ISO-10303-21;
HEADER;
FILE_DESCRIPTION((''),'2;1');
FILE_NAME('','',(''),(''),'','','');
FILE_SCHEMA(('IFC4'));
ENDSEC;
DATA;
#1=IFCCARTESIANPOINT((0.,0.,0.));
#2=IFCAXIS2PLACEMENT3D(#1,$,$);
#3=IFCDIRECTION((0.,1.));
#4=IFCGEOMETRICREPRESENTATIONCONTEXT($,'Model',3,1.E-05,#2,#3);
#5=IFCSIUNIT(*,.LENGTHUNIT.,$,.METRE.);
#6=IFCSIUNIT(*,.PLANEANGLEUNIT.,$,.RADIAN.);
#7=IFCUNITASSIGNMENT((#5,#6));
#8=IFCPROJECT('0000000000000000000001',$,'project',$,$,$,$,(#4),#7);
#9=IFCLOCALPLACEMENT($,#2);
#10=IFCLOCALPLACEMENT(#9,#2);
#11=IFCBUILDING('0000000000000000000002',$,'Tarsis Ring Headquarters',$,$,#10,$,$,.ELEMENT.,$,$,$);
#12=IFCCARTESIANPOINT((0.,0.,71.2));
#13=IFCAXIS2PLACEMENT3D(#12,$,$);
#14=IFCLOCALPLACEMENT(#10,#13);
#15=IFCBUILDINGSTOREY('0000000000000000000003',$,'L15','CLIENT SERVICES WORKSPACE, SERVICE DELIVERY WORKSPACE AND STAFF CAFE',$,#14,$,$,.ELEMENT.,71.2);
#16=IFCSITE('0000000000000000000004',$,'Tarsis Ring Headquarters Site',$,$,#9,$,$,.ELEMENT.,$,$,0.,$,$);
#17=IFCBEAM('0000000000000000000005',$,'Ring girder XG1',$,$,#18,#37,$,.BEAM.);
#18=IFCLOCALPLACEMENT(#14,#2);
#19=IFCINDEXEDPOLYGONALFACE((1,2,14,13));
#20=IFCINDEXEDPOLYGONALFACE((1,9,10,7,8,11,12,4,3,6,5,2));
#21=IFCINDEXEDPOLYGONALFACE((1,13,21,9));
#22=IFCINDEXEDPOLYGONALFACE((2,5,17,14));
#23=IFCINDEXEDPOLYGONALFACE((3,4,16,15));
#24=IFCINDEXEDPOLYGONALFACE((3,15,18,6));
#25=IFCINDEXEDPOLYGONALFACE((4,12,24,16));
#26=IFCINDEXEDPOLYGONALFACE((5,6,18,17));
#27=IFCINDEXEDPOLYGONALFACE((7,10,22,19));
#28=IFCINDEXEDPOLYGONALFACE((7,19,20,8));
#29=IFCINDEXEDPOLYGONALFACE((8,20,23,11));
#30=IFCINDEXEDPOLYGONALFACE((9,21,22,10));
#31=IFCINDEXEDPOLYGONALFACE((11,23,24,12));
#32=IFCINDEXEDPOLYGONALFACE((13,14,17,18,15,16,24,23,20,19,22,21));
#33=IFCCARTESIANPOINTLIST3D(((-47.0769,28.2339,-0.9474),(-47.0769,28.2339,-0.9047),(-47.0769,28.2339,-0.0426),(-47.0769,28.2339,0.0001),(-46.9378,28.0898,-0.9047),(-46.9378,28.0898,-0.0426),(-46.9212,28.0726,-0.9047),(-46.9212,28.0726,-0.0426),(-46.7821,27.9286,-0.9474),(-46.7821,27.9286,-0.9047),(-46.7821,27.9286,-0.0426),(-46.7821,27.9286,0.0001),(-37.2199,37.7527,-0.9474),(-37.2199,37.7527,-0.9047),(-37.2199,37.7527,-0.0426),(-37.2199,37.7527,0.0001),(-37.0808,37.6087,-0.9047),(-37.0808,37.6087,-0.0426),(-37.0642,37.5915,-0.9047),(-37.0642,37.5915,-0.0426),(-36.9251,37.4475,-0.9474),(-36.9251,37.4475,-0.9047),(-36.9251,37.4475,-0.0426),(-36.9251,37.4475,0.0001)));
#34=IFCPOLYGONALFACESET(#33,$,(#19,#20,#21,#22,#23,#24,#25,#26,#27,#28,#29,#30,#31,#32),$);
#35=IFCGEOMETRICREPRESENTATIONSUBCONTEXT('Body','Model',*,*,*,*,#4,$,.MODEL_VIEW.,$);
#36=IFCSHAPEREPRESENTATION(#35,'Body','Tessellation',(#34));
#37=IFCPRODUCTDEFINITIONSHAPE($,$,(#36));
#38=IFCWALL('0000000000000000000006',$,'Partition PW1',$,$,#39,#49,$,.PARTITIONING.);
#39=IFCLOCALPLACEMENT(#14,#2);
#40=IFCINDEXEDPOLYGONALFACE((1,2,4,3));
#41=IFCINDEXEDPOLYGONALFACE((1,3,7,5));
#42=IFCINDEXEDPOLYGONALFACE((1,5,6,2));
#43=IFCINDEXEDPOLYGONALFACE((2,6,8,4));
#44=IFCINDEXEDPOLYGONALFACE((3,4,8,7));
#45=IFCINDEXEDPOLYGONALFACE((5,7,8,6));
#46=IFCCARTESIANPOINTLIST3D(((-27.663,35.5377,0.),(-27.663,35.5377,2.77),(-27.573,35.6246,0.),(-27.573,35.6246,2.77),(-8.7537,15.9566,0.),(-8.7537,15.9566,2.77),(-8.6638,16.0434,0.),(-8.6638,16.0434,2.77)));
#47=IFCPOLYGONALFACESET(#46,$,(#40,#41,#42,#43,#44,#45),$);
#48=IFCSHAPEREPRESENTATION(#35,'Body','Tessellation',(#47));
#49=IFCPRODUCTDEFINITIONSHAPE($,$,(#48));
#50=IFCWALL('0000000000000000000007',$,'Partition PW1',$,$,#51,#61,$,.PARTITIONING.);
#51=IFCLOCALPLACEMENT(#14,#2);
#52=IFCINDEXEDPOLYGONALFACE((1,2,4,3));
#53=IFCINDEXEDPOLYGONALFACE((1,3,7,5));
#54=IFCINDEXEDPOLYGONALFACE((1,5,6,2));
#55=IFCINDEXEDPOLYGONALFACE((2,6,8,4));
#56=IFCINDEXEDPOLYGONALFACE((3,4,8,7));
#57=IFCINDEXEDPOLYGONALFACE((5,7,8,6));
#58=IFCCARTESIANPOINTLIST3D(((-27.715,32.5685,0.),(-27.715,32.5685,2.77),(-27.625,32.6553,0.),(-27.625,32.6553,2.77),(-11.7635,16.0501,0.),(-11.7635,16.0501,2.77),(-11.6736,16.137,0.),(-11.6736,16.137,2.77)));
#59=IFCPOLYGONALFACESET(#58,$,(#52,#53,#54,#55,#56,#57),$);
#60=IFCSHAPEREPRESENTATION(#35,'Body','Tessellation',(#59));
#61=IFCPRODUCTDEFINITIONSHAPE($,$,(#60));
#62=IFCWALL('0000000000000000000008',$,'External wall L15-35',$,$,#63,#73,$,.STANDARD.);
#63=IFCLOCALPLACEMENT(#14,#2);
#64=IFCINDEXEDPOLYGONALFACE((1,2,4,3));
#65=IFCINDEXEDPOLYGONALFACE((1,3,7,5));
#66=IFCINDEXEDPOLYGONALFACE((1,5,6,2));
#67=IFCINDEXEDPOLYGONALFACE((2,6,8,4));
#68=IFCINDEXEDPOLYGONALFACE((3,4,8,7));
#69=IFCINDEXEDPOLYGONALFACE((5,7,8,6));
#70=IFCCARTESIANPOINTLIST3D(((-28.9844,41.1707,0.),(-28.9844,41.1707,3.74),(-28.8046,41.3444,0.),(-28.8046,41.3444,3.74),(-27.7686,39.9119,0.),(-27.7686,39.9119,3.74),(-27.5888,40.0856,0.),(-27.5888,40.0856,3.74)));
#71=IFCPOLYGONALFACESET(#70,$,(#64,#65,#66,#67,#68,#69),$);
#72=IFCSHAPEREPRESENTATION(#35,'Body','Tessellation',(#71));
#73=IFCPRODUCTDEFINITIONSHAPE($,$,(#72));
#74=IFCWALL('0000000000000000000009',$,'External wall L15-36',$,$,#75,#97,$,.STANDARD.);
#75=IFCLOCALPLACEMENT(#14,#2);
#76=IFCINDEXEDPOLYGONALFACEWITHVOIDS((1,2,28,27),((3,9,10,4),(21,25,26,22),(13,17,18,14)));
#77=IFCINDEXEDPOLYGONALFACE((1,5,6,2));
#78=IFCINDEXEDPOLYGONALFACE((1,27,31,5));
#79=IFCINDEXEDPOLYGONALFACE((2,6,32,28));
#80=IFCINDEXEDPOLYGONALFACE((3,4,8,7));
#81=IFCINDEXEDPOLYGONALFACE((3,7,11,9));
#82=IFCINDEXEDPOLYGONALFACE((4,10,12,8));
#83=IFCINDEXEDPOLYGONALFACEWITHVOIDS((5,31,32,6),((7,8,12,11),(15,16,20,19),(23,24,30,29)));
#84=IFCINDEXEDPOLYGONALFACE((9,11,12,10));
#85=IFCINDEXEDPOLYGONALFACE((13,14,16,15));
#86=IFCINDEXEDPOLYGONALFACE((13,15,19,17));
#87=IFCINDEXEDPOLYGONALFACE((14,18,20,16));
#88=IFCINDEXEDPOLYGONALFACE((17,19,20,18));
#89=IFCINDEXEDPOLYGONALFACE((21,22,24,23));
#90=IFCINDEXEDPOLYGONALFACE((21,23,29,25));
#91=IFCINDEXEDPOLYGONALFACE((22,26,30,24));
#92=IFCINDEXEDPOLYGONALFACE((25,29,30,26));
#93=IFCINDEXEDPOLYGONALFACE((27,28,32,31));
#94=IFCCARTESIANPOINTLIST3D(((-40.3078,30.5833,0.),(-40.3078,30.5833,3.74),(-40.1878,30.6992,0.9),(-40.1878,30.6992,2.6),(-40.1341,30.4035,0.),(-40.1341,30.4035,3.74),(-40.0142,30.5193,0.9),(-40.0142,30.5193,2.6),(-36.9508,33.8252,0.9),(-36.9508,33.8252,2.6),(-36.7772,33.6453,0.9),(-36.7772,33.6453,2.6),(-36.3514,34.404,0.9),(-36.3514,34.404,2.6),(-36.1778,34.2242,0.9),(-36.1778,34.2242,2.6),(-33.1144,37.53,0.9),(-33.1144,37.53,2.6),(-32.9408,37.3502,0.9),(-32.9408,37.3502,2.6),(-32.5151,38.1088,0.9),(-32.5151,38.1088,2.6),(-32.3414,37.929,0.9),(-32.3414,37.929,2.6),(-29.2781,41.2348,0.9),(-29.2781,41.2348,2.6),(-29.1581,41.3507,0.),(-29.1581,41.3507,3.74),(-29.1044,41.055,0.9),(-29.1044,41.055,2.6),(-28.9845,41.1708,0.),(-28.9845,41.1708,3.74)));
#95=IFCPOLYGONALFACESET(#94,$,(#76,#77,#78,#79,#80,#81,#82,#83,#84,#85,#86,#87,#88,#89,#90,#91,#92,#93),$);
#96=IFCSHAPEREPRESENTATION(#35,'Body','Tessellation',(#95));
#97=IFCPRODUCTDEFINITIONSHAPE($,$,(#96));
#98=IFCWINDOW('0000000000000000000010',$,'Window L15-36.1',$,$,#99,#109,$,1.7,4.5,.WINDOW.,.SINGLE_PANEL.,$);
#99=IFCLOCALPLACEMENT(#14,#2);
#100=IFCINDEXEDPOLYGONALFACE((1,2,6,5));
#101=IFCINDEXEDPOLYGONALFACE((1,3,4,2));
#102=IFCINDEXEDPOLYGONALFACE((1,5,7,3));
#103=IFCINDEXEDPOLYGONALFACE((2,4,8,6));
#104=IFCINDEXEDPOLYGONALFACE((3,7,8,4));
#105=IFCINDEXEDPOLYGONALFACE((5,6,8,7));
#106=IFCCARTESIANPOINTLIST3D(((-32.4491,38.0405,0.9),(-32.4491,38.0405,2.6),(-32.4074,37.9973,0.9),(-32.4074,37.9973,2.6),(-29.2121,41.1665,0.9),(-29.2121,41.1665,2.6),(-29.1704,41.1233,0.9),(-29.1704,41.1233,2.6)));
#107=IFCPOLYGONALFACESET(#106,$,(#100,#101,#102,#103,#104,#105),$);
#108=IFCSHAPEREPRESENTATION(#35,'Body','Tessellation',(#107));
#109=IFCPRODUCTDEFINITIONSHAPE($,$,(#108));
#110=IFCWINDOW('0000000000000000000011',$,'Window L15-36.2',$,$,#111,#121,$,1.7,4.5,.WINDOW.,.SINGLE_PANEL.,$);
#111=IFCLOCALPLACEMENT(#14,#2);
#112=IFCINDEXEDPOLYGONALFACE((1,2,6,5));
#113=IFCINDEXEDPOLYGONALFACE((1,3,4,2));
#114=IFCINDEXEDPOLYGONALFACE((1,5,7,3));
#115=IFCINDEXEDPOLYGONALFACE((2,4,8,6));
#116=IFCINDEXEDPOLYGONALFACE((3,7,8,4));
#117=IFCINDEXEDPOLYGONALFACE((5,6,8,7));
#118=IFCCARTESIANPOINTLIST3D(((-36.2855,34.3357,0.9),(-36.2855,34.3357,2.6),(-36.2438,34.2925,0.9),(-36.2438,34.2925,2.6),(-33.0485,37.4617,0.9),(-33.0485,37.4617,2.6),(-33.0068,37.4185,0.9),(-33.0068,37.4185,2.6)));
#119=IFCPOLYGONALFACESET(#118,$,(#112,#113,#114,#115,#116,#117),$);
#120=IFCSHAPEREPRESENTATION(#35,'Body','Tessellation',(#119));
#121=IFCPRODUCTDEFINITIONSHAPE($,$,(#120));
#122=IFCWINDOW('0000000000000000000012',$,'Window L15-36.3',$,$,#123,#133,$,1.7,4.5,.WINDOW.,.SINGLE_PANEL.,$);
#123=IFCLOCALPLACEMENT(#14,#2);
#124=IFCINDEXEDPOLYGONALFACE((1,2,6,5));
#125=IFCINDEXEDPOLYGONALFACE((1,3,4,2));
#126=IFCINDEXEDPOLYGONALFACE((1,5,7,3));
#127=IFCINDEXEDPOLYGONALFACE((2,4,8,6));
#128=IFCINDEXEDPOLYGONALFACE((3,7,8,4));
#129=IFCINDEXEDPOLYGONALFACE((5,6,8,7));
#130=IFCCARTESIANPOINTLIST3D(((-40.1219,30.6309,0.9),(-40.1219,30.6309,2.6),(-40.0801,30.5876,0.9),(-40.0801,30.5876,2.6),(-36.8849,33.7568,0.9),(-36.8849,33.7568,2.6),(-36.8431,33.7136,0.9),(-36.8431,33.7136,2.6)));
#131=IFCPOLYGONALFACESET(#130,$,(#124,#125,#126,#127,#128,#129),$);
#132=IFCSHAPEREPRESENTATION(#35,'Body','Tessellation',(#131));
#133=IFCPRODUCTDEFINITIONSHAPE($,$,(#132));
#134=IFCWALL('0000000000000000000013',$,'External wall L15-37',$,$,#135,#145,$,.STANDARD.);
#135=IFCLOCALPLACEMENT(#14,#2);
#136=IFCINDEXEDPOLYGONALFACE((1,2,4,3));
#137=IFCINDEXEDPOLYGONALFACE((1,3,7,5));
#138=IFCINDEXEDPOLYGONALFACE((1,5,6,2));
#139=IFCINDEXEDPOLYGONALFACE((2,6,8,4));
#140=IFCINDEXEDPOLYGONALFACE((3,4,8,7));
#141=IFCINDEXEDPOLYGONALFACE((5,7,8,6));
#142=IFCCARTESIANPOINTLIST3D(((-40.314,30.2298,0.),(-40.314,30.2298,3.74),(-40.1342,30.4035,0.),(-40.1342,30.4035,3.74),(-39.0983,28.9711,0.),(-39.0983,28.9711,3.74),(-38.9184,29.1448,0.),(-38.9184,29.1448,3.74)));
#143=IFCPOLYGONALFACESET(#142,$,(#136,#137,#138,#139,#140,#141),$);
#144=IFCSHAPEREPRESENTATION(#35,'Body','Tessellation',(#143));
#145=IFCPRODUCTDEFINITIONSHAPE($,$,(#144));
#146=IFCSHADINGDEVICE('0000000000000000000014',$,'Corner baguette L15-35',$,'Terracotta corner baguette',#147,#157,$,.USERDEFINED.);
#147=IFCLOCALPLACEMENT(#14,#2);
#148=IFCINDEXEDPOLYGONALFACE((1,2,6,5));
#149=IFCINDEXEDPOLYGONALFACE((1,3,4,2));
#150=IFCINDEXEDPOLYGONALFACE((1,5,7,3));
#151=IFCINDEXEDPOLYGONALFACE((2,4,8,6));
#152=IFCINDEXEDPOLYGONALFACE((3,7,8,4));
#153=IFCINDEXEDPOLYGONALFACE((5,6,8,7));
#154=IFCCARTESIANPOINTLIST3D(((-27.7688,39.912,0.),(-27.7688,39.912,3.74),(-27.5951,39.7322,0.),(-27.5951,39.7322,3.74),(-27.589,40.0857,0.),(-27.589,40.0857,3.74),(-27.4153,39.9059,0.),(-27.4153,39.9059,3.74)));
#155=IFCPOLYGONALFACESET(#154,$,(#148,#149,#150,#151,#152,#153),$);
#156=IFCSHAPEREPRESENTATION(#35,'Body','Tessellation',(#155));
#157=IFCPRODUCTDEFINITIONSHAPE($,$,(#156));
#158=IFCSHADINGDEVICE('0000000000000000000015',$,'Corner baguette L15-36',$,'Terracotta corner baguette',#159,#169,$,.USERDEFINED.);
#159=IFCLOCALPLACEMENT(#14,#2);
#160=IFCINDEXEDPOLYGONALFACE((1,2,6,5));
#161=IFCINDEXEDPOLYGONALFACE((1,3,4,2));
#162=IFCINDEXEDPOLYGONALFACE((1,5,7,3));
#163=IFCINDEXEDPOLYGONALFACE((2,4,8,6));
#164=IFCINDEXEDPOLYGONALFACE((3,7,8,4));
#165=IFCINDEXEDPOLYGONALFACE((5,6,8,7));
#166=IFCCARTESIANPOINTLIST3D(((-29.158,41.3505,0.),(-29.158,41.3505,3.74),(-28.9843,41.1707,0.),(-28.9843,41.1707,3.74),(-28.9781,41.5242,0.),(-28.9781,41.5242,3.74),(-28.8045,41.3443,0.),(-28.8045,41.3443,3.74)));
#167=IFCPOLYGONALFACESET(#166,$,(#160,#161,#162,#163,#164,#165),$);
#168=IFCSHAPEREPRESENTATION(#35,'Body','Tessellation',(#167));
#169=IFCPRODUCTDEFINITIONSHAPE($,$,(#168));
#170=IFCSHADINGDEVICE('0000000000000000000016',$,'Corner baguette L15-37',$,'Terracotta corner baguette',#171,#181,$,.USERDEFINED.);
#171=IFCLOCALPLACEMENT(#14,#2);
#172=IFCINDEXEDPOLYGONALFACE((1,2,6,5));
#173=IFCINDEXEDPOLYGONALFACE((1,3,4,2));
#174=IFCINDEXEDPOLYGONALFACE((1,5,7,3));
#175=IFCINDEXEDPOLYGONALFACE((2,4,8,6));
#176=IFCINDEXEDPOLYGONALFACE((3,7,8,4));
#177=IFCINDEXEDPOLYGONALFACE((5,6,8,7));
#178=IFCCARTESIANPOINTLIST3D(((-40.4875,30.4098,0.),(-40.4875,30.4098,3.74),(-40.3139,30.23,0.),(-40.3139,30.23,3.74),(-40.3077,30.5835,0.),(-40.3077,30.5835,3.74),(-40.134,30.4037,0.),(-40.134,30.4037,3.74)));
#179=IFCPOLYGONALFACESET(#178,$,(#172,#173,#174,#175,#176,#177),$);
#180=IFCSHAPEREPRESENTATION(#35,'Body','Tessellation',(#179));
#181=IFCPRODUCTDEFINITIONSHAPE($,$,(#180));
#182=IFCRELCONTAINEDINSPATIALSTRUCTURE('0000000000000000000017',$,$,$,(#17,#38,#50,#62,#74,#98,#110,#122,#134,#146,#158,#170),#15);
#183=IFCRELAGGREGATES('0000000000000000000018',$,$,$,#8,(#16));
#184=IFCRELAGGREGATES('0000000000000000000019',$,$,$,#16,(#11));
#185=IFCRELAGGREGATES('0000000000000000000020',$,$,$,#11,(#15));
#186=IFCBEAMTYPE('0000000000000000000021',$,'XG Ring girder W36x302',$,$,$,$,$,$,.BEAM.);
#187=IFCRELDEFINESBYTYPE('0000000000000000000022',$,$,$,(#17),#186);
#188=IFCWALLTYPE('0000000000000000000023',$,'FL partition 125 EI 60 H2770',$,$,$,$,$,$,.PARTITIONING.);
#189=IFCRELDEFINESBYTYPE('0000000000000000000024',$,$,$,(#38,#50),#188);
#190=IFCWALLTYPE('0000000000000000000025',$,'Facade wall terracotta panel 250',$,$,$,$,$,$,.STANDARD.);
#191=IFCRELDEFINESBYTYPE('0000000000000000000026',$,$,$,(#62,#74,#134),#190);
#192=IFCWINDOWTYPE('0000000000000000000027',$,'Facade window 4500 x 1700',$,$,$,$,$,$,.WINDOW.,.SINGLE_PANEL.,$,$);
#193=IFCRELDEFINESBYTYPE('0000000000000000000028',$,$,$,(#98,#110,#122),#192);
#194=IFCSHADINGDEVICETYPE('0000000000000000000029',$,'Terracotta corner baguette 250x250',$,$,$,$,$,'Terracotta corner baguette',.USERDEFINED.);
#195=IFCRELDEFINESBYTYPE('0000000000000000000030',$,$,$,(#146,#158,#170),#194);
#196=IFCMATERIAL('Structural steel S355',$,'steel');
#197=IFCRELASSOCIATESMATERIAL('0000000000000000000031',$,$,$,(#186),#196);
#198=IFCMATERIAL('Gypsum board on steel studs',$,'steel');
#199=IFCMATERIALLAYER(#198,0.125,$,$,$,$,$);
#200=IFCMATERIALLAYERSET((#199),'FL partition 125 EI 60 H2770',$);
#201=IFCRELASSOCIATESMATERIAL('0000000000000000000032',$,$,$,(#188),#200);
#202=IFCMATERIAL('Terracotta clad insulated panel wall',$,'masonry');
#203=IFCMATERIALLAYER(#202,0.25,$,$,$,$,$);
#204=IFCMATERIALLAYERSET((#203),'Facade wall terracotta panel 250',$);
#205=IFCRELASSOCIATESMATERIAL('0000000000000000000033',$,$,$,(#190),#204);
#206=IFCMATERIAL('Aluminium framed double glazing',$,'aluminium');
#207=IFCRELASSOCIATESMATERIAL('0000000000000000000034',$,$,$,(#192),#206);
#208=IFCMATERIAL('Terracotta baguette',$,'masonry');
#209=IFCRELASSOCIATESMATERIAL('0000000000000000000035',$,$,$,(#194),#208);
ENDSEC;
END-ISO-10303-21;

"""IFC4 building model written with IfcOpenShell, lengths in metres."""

from ifc_helpers import new_model, si_unit, direction, frame, frame_2d, origin, origin_2d, place, context, subcontext, project, spatial, rectangle, i_section, extrude, material, layer, layer_set, material_profile, profile_set, type_object, element, fill, save


model = new_model("IFC4")

# Units and contexts
model_context = context("Model", 3, precision=1e-05, world=origin(), true_north=direction((0.0, 1.0)))
body_context = subcontext(model_context, "Body", "Model", "MODEL_VIEW")
ifc_project = project(units=[si_unit("LENGTHUNIT", "METRE"), si_unit("PLANEANGLEUNIT", "RADIAN")], contexts=[model_context])

# Site, building, storey
site_placement = place(None, origin())
site = spatial("IfcSite", under=ifc_project, at=site_placement, Name="Tarsis Ring Headquarters Site", CompositionType="ELEMENT", RefElevation=0.0)
building_placement = place(site_placement, origin())
building = spatial("IfcBuilding", under=site, at=building_placement, Name="Tarsis Ring Headquarters", CompositionType="ELEMENT")
storey_placement = place(building_placement, frame((0.0, 0.0, 71.2)))
storey = spatial("IfcBuildingStorey", under=building, at=storey_placement, Name="L15", Description="CLIENT SERVICES WORKSPACE, SERVICE DELIVERY WORKSPACE AND STAFF CAFE", CompositionType="ELEMENT", Elevation=71.2)

# Shared definitions
ifc_material_1 = material(Name="Structural steel S355", Category="steel")

# Beam
ifc_material_profile_1 = material_profile(ifc_material_1, i_section(OverallWidth=0.4243, OverallDepth=0.9475, WebThickness=0.0239, FlangeThickness=0.0427, at=origin_2d()), Name="W36x302")
ifc_profile_set_1 = profile_set([ifc_material_profile_1], Name="Structural steel S355")
beam_type = type_object("IfcBeamType", Name="XG Ring girder W36x302", PredefinedType="BEAM", material=ifc_profile_set_1)
beam_1_placement = place(storey_placement, frame((-37.0725, 37.6001, -0.4736), z_axis=(-0.719337, -0.694661, 0.0), x_axis=(0.694661, -0.719337, 0.0)))
element("IfcBeam", 1, at=beam_1_placement, inside=storey, type_object=beam_type, Name="Ring girder XG1", PredefinedType="BEAM", context=body_context, shape_type="SweptSolid", body=[
    extrude(i_section(OverallWidth=0.4243, OverallDepth=0.9475, WebThickness=0.0239, FlangeThickness=0.0427, at=origin_2d()), origin(), (0.0, 0.0, 1.0), 13.7029),
])

# Walls
ifc_material_2 = material(Name="Gypsum board on steel studs", Category="steel")
ifc_layer_1 = layer(ifc_material_2, 0.125)
ifc_layer_set_1 = layer_set([ifc_layer_1], Name="FL partition 125 EI 60 H2770")
wall_type_1 = type_object("IfcWallType", Name="FL partition 125 EI 60 H2770", PredefinedType="PARTITIONING", material=ifc_layer_set_1)
wall_1_placement = place(storey_placement, frame((-27.6179, 35.5811, 0.0), z_axis=(0.0, 0.0, 1.0), x_axis=(0.694658, -0.71934, 0.0)))
element("IfcWall", 2, at=wall_1_placement, inside=storey, type_object=wall_type_1, Name="Partition PW1", PredefinedType="PARTITIONING", context=body_context, shape_type="SweptSolid", body=[
    extrude(rectangle(XDim=27.2209, YDim=0.125, at=frame_2d((13.6104, 0.0))), origin(), (0.0, 0.0, 1.0), 2.77),
])
wall_2_placement = place(storey_placement, frame((-27.6699, 32.6118, 0.0), z_axis=(0.0, 0.0, 1.0), x_axis=(0.694655, -0.719343, 0.0)))
element("IfcWall", 3, at=wall_2_placement, inside=storey, type_object=wall_type_1, Name="Partition PW1", PredefinedType="PARTITIONING", context=body_context, shape_type="SweptSolid", body=[
    extrude(rectangle(XDim=22.9631, YDim=0.125, at=frame_2d((11.4814, 0.0))), origin(), (0.0, 0.0, 1.0), 2.77),
])
ifc_material_3 = material(Name="Terracotta clad insulated panel wall", Category="masonry")
ifc_layer_2 = layer(ifc_material_3, 0.25)
ifc_layer_set_2 = layer_set([ifc_layer_2], Name="Facade wall terracotta panel 250")
wall_type_2 = type_object("IfcWallType", Name="Facade wall terracotta panel 250", PredefinedType="STANDARD", material=ifc_layer_set_2)
wall_3_placement = place(storey_placement, frame((-27.6787, 39.9988, 0.0), z_axis=(0.0, 0.0, 1.0), x_axis=(-0.694724, 0.719276, 0.0)))
element("IfcWall", 4, at=wall_3_placement, inside=storey, type_object=wall_type_2, Name="External wall L15-35", PredefinedType="STANDARD", context=body_context, shape_type="SweptSolid", body=[
    extrude(rectangle(XDim=1.75, YDim=0.25, at=frame_2d((0.875, 0.0))), origin(), (0.0, 0.0, 1.0), 3.74),
])

# Wall, openings, windows
wall_4_placement = place(storey_placement, frame((-29.0713, 41.2607, 0.0), z_axis=(0.0, 0.0, 1.0), x_axis=(-0.719332, -0.694666, 0.0)))
wall_4 = element("IfcWall", 5, at=wall_4_placement, inside=storey, type_object=wall_type_2, Name="External wall L15-36", PredefinedType="STANDARD", context=body_context, shape_type="SweptSolid", body=[
    extrude(rectangle(XDim=15.5, YDim=0.25, at=frame_2d((7.75, 0.0))), origin(), (0.0, 0.0, 1.0), 3.74),
])
opening_1_placement = place(wall_4_placement, frame((0.1667, 0.0, 0.8999)))
opening_1 = element("IfcOpeningElement", 6, at=opening_1_placement, cuts=wall_4, PredefinedType="OPENING", context=body_context, shape_type="SweptSolid", body=[
    extrude(rectangle(XDim=4.5, YDim=1.7, at=frame_2d((2.25, 0.8501))), frame((0.0, 0.135, 0.0), z_axis=(0.0, -1.0, 0.0), x_axis=(1.0, 0.0, 0.0)), (0.0, 0.0, 1.0), 0.27),
])
opening_2_placement = place(wall_4_placement, frame((5.5, 0.0, 0.8999)))
opening_2 = element("IfcOpeningElement", 7, at=opening_2_placement, cuts=wall_4, PredefinedType="OPENING", context=body_context, shape_type="SweptSolid", body=[
    extrude(rectangle(XDim=4.5, YDim=1.7, at=frame_2d((2.25, 0.8501))), frame((0.0, 0.135, 0.0), z_axis=(0.0, -1.0, 0.0), x_axis=(1.0, 0.0, 0.0)), (0.0, 0.0, 1.0), 0.27),
])
opening_3_placement = place(wall_4_placement, frame((10.8333, 0.0, 0.8999)))
opening_3 = element("IfcOpeningElement", 8, at=opening_3_placement, cuts=wall_4, PredefinedType="OPENING", context=body_context, shape_type="SweptSolid", body=[
    extrude(rectangle(XDim=4.5, YDim=1.7, at=frame_2d((2.25, 0.8501))), frame((0.0, 0.135, 0.0), z_axis=(0.0, -1.0, 0.0), x_axis=(1.0, 0.0, 0.0)), (0.0, 0.0, 1.0), 0.27),
])
ifc_material_4 = material(Name="Aluminium framed double glazing", Category="aluminium")
window_type = type_object("IfcWindowType", Name="Facade window 4500 x 1700", PartitioningType="SINGLE_PANEL", PredefinedType="WINDOW", material=ifc_material_4)
window_1_placement = place(opening_1_placement, origin())
window_1 = element("IfcWindow", 9, at=window_1_placement, inside=storey, type_object=window_type, Name="Window L15-36.1", OverallHeight=1.7, OverallWidth=4.5, PartitioningType="SINGLE_PANEL", PredefinedType="WINDOW", context=body_context, shape_type="SweptSolid", body=[
    extrude(rectangle(XDim=4.5, YDim=1.7, at=frame_2d((2.25, 0.8501))), frame((0.0, 0.03, 0.0), z_axis=(0.0, -1.0, 0.0), x_axis=(1.0, 0.0, 0.0)), (0.0, 0.0, 1.0), 0.0601),
])
fill(opening_1, window_1)
window_2_placement = place(opening_2_placement, origin())
window_2 = element("IfcWindow", 10, at=window_2_placement, inside=storey, type_object=window_type, Name="Window L15-36.2", OverallHeight=1.7, OverallWidth=4.5, PartitioningType="SINGLE_PANEL", PredefinedType="WINDOW", context=body_context, shape_type="SweptSolid", body=[
    extrude(rectangle(XDim=4.5, YDim=1.7, at=frame_2d((2.25, 0.8501))), frame((0.0, 0.03, 0.0), z_axis=(0.0, -1.0, 0.0), x_axis=(1.0, 0.0, 0.0)), (0.0, 0.0, 1.0), 0.0601),
])
fill(opening_2, window_2)
window_3_placement = place(opening_3_placement, origin())
window_3 = element("IfcWindow", 11, at=window_3_placement, inside=storey, type_object=window_type, Name="Window L15-36.3", OverallHeight=1.7, OverallWidth=4.5, PartitioningType="SINGLE_PANEL", PredefinedType="WINDOW", context=body_context, shape_type="SweptSolid", body=[
    extrude(rectangle(XDim=4.5, YDim=1.7, at=frame_2d((2.25, 0.8501))), frame((0.0, 0.03, 0.0), z_axis=(0.0, -1.0, 0.0), x_axis=(1.0, 0.0, 0.0)), (0.0, 0.0, 1.0), 0.0601),
])
fill(opening_3, window_3)

# Wall
wall_5_placement = place(storey_placement, frame((-40.2241, 30.3167, 0.0), z_axis=(0.0, 0.0, 1.0), x_axis=(0.694724, -0.719276, 0.0)))
element("IfcWall", 12, at=wall_5_placement, inside=storey, type_object=wall_type_2, Name="External wall L15-37", PredefinedType="STANDARD", context=body_context, shape_type="SweptSolid", body=[
    extrude(rectangle(XDim=1.75, YDim=0.25, at=frame_2d((0.875, 0.0))), origin(), (0.0, 0.0, 1.0), 3.74),
])

# Shading devices
ifc_material_5 = material(Name="Terracotta baguette", Category="masonry")
shading_device_type_1 = type_object("IfcShadingDeviceType", Name="Terracotta corner baguette 250x250", ElementType="Terracotta corner baguette", PredefinedType="USERDEFINED", material=ifc_material_5)
for number, where, z_axis, x_axis, name in (
    (13, (-27.592, 39.9089, 0.0), (0.0, 0.0, 1.0), (-0.71934, -0.694658, 0.0), "Corner baguette L15-35"),
    (14, (-28.9812, 41.3474, 0.0), (0.0, 0.0, 1.0), (-0.694658, 0.71934, 0.0), "Corner baguette L15-36"),
    (15, (-40.3108, 30.4067, 0.0), (0.0, 0.0, 1.0), (-0.71934, -0.694658, 0.0), "Corner baguette L15-37"),
):
    element("IfcShadingDevice", number, at=place(storey_placement, frame(where, z_axis=z_axis, x_axis=x_axis)), inside=storey, type_object=shading_device_type_1, Name=name, ObjectType="Terracotta corner baguette", PredefinedType="USERDEFINED", context=body_context, shape_type="SweptSolid", body=[
        extrude(rectangle(XDim=0.25, YDim=0.25, at=origin_2d()), origin(), (0.0, 0.0, 1.0), 3.74),
    ])

save(model, "model.ifc")
